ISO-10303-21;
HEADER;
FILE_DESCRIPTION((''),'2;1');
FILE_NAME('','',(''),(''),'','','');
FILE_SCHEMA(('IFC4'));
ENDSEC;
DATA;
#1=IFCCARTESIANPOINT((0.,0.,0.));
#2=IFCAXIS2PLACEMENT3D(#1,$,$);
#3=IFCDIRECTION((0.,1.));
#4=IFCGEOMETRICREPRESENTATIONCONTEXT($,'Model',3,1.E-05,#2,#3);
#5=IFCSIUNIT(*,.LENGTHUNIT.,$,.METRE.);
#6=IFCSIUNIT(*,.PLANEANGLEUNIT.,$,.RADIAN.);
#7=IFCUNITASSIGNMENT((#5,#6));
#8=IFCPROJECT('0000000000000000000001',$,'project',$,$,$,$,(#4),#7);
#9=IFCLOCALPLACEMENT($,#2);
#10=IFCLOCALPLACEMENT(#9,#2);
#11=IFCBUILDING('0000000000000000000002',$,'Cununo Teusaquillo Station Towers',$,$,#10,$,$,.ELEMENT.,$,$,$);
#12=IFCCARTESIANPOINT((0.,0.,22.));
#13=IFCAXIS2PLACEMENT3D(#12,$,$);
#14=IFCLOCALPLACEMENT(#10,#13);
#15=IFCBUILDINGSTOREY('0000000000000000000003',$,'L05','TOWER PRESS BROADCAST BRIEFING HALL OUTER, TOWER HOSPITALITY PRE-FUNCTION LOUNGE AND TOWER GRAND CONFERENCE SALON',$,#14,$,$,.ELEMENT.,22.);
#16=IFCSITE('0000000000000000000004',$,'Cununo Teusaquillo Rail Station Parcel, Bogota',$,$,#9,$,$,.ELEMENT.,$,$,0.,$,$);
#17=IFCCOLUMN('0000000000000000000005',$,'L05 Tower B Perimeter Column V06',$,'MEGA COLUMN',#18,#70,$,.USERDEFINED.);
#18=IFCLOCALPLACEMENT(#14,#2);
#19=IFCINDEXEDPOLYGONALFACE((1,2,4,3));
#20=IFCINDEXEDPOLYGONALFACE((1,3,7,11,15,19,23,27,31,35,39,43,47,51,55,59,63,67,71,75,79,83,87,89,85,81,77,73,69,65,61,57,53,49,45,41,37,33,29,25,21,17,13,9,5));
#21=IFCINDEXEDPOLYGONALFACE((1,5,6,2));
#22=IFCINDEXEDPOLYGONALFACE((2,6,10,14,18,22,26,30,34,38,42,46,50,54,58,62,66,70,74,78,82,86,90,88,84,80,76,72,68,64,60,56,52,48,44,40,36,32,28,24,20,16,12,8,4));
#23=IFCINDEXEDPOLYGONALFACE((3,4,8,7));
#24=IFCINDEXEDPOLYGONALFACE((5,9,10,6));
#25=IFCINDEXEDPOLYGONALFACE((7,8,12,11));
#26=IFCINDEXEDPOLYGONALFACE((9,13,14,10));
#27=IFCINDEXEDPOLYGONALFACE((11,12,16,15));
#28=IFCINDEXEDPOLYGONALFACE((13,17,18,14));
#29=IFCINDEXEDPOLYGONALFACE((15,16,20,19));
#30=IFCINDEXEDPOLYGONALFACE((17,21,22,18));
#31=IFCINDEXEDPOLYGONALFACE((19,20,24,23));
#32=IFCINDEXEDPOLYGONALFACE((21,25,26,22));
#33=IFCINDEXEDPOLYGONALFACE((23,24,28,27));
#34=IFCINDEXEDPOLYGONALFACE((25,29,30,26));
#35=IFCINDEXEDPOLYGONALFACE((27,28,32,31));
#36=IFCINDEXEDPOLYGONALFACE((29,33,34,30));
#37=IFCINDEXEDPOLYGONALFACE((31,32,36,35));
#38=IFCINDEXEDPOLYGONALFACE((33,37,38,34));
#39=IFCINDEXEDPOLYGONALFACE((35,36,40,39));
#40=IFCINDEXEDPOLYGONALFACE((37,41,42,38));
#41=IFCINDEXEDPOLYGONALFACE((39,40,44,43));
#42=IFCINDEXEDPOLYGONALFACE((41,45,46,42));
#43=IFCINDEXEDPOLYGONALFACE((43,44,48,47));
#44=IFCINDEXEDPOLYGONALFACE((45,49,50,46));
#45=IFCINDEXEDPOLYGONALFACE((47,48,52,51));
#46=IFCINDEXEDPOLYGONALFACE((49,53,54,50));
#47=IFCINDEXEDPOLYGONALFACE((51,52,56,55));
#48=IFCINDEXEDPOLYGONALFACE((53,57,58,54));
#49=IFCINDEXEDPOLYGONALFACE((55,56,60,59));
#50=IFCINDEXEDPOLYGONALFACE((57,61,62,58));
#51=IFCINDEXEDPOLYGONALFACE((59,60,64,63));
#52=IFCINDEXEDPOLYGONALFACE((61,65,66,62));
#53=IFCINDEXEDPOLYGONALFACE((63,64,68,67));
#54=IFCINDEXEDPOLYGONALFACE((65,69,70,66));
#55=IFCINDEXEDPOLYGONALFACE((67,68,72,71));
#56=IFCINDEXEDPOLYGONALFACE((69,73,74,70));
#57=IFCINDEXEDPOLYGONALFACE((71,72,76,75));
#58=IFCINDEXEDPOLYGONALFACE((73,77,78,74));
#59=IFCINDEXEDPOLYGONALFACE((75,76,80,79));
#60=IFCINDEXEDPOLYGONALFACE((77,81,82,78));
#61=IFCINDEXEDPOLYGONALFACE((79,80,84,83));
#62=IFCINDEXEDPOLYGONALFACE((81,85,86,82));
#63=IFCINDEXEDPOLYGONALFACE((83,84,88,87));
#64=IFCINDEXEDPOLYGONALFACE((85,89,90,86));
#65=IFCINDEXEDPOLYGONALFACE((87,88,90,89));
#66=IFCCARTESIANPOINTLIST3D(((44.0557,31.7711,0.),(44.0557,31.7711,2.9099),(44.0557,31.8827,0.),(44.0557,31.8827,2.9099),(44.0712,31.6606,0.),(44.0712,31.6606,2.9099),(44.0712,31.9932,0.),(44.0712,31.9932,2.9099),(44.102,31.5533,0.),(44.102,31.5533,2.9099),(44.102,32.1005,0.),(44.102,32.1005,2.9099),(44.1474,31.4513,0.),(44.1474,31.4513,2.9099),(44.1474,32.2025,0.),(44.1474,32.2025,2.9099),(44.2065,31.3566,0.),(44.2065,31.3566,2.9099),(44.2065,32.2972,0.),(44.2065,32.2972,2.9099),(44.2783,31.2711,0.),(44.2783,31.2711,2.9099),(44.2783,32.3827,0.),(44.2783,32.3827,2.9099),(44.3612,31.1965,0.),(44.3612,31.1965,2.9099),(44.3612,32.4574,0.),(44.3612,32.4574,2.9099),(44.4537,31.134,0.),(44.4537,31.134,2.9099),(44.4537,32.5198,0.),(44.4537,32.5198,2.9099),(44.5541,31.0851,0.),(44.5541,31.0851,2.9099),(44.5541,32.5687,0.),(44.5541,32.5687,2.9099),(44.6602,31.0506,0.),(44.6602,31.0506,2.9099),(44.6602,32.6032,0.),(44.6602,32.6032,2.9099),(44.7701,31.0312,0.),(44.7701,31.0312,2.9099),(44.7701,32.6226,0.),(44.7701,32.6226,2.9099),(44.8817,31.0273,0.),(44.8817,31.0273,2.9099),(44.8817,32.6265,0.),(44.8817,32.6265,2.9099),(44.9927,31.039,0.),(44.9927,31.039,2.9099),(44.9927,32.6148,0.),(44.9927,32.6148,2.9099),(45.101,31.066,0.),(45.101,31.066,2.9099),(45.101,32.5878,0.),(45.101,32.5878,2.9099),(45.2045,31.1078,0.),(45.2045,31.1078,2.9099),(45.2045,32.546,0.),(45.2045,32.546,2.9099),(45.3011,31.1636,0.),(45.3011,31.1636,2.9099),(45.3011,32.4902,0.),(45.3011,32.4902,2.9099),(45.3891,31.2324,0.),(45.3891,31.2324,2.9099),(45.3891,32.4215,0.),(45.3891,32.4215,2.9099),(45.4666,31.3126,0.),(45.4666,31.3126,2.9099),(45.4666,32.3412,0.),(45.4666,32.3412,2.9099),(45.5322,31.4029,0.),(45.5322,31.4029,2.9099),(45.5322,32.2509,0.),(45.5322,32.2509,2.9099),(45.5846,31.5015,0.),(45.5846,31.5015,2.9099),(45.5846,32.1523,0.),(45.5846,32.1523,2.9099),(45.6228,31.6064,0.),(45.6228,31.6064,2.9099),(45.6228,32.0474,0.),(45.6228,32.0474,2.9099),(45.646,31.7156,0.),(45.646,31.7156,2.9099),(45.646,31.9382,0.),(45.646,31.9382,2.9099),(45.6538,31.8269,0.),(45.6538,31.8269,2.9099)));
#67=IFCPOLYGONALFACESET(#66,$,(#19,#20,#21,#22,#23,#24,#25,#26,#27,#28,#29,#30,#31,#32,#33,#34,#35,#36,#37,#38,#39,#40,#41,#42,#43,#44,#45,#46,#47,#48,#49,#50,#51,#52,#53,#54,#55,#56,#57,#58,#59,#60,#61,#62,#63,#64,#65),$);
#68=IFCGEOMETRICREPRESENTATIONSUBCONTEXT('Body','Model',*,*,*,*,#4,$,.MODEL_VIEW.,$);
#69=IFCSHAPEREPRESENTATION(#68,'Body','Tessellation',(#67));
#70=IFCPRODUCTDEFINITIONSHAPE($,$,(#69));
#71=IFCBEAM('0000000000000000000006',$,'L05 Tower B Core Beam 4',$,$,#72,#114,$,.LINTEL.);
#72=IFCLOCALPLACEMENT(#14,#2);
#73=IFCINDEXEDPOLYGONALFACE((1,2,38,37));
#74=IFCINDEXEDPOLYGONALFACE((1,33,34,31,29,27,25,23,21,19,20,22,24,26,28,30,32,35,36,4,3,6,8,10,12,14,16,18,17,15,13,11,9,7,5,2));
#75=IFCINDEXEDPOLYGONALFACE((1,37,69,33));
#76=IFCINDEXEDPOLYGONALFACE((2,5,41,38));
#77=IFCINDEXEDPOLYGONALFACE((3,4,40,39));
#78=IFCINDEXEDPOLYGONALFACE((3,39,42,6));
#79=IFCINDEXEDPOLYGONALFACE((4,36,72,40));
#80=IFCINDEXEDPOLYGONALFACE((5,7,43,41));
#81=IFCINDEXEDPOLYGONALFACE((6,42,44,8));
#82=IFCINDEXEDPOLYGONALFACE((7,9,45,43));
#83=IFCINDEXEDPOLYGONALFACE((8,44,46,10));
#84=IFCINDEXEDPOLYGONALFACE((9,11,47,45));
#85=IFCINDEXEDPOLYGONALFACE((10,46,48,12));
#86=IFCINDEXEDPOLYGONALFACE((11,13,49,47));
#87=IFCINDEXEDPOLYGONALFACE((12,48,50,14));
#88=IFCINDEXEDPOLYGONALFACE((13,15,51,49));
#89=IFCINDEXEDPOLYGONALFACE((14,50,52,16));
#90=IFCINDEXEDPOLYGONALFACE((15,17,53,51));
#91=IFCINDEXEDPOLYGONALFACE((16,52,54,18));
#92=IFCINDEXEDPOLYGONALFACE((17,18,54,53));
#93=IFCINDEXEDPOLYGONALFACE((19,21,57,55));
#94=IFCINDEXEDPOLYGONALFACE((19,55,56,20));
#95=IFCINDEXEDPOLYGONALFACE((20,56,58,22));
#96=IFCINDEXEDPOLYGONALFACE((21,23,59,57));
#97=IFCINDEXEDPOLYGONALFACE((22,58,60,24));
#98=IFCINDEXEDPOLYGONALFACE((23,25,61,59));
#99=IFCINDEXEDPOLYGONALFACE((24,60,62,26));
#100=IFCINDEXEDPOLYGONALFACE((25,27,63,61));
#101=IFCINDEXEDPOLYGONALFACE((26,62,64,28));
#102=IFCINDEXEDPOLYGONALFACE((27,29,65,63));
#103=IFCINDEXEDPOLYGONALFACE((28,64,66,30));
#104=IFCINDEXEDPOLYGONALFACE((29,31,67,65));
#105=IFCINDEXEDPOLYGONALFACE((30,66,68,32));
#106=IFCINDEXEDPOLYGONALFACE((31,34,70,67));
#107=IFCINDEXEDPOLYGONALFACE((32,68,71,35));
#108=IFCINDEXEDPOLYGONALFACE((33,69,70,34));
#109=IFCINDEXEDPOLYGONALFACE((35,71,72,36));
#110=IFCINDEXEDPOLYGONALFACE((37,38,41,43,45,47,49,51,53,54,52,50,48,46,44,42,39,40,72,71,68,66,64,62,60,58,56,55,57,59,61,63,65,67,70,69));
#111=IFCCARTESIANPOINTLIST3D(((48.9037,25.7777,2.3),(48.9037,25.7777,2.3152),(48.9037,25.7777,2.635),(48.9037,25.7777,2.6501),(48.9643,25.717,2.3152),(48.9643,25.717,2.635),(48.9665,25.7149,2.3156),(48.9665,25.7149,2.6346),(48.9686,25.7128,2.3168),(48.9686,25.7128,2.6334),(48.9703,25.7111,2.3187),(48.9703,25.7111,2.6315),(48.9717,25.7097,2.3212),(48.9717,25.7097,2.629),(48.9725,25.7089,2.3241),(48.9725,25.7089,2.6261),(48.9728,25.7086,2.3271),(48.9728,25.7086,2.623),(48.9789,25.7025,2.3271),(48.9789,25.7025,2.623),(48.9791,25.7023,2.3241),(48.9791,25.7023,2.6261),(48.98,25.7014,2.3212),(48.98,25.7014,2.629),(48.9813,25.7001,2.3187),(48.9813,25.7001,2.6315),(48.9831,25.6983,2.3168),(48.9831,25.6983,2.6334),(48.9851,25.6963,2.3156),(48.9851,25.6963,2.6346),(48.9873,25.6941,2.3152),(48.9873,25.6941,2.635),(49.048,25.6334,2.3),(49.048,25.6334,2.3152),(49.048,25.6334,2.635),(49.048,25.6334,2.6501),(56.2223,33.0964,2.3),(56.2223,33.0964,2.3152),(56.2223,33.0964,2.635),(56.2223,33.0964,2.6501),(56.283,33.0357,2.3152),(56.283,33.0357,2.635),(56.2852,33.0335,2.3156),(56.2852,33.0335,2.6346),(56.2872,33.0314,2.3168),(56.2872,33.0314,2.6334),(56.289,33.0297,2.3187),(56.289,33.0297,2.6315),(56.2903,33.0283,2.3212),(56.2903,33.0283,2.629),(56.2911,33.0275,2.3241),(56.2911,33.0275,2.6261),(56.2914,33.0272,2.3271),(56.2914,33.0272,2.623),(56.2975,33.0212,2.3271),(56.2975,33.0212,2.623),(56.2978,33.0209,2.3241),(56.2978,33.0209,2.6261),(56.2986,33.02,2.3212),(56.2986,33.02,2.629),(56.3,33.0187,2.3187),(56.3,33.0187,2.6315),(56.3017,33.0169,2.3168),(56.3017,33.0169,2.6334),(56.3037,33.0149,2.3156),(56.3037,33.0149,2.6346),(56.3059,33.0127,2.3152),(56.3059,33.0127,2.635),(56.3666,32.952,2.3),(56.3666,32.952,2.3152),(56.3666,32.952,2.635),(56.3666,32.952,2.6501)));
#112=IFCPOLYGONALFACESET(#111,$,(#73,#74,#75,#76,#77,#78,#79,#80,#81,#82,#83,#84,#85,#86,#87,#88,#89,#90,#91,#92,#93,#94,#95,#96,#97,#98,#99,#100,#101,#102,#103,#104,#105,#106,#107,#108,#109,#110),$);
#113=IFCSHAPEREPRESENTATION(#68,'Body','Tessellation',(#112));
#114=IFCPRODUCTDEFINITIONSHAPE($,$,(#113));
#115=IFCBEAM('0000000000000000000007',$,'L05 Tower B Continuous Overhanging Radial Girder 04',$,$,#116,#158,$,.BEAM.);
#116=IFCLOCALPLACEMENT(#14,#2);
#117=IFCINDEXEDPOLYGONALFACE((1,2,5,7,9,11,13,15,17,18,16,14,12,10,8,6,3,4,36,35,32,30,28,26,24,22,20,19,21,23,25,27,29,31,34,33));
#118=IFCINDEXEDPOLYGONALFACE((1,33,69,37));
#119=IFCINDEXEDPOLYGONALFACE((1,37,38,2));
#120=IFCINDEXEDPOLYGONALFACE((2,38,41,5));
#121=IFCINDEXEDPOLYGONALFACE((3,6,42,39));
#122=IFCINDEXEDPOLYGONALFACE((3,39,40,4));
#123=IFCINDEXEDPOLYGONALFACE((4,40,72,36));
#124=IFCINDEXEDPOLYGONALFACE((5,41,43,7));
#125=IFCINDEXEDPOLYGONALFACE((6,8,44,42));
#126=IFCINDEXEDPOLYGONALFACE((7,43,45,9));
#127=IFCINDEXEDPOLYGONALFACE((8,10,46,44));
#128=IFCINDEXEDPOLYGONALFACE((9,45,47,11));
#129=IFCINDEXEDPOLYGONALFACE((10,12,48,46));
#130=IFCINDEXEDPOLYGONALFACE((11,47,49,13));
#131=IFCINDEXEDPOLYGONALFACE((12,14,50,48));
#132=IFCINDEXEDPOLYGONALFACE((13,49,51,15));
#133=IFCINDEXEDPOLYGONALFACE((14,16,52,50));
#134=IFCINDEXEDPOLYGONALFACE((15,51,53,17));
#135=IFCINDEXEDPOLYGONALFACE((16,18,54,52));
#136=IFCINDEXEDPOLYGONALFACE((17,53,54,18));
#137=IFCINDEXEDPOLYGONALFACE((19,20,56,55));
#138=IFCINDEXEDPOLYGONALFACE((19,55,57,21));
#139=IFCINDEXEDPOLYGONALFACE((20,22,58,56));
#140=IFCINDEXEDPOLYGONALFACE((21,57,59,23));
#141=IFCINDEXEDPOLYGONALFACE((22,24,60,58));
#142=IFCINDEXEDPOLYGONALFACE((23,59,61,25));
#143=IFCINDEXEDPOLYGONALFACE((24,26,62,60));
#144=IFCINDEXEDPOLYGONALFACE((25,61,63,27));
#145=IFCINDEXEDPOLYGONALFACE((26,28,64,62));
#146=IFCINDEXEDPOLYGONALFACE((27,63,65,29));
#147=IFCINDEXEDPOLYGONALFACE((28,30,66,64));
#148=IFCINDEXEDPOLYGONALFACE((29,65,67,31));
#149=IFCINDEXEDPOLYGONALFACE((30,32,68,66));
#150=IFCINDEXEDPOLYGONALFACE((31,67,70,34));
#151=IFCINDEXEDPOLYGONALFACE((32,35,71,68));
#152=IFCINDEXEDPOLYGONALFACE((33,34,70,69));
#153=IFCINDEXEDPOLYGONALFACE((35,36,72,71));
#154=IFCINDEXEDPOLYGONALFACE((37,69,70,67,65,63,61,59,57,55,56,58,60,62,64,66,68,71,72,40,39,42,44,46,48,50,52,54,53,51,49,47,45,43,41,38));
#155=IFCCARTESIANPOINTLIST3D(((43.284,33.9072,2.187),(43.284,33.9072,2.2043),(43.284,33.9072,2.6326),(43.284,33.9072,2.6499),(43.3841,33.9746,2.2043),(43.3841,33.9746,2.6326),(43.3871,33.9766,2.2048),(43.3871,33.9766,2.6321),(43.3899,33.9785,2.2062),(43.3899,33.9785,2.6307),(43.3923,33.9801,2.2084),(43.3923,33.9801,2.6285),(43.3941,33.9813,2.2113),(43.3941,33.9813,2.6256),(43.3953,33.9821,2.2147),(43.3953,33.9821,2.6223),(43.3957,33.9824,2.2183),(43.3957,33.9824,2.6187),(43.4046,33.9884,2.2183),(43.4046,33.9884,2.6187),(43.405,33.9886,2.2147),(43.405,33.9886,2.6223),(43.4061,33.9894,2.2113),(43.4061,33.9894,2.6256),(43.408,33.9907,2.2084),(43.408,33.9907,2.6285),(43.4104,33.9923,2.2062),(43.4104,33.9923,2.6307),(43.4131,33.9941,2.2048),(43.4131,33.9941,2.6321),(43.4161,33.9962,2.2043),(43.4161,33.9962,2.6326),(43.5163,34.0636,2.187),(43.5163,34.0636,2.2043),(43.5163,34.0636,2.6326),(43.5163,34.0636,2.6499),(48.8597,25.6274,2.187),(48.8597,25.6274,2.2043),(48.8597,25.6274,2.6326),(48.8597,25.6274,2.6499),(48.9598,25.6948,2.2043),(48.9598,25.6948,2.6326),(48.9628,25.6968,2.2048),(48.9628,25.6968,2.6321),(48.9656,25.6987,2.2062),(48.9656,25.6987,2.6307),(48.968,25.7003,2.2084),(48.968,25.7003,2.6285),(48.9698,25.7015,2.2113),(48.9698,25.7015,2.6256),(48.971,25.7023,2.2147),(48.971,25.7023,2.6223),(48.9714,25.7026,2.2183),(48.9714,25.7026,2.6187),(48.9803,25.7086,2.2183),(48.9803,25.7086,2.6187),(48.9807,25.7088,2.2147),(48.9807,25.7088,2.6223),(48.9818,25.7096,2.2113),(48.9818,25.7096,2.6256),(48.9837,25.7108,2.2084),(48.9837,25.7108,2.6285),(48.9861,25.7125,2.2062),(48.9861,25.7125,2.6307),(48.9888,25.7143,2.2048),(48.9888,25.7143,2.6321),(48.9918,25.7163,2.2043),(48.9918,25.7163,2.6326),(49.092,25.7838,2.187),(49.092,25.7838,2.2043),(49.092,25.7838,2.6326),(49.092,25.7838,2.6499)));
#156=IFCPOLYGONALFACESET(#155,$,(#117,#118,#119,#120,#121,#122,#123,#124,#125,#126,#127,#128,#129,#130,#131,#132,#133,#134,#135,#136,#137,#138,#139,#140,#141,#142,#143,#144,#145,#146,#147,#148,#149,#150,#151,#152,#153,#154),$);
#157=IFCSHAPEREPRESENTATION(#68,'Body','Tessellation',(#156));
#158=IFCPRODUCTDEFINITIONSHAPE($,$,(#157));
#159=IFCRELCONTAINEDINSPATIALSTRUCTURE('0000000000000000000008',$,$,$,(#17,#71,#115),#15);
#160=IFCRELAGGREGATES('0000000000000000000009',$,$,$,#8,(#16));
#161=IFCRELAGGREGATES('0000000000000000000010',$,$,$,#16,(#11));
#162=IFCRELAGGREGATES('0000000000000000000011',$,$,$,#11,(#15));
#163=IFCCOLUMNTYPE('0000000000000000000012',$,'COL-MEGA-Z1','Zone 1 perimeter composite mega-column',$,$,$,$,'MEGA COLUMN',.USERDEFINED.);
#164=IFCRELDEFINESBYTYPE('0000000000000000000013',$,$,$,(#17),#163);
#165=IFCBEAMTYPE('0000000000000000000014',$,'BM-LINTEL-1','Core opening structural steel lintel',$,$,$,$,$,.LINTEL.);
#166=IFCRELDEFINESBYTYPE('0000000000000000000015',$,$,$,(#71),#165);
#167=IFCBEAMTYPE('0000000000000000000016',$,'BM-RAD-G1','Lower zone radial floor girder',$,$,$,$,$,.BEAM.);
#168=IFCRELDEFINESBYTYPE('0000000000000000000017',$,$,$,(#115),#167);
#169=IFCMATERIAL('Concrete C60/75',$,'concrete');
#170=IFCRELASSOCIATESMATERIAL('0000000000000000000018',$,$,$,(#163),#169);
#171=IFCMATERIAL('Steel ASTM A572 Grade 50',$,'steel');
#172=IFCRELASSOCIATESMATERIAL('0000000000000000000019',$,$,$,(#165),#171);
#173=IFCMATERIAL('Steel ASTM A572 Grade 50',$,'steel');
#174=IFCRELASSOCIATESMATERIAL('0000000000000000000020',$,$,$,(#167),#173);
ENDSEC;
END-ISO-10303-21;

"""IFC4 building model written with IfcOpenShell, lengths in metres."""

from ifc_helpers import new_model, si_unit, direction, frame, origin, origin_2d, place, context, subcontext, project, spatial, circle, i_section, extrude, material, material_profile, profile_set, type_object, element, save


model = new_model("IFC4")

# Units and contexts
model_context = context("Model", 3, precision=1e-05, world=origin(), true_north=direction((0.0, 1.0)))
body_context = subcontext(model_context, "Body", "Model", "MODEL_VIEW")
ifc_project = project(units=[si_unit("LENGTHUNIT", "METRE"), si_unit("PLANEANGLEUNIT", "RADIAN")], contexts=[model_context])

# Site, building, storey
site_placement = place(None, origin())
site = spatial("IfcSite", under=ifc_project, at=site_placement, Name="Cununo Teusaquillo Rail Station Parcel, Bogota", CompositionType="ELEMENT", RefElevation=0.0)
building_placement = place(site_placement, origin())
building = spatial("IfcBuilding", under=site, at=building_placement, Name="Cununo Teusaquillo Station Towers", CompositionType="ELEMENT")
storey_placement = place(building_placement, frame((0.0, 0.0, 22.0)))
storey = spatial("IfcBuildingStorey", under=building, at=storey_placement, Name="L05", Description="TOWER PRESS BROADCAST BRIEFING HALL OUTER, TOWER HOSPITALITY PRE-FUNCTION LOUNGE AND TOWER GRAND CONFERENCE SALON", CompositionType="ELEMENT", Elevation=22.0)

# Column
ifc_material_1 = material(Name="Concrete C60/75", Category="concrete")
ifc_material_profile_1 = material_profile(ifc_material_1, circle(Radius=0.8, at=origin_2d()), Name="RC-CIRC-1600")
ifc_profile_set_1 = profile_set([ifc_material_profile_1], Name="Concrete C60/75")
column_type = type_object("IfcColumnType", Name="COL-MEGA-Z1", Description="Zone 1 perimeter composite mega-column", ElementType="MEGA COLUMN", PredefinedType="USERDEFINED", material=ifc_profile_set_1)
column_placement = place(storey_placement, frame((44.8538, 31.8269, 0.0), z_axis=(0.0, 0.0, 1.0), x_axis=(1.0, 0.0, 0.0)))
element("IfcColumn", 1, at=column_placement, inside=storey, type_object=column_type, Name="L05 Tower B Perimeter Column V06", ObjectType="MEGA COLUMN", PredefinedType="USERDEFINED", context=body_context, shape_type="SweptSolid", body=[
    extrude(circle(Radius=0.8, at=origin_2d()), origin(), (0.0, 0.0, 1.0), 2.9099),
])

# Beams
ifc_material_2 = material(Name="Steel ASTM A572 Grade 50", Category="steel")
ifc_material_profile_2 = material_profile(ifc_material_2, i_section(OverallWidth=0.2041, OverallDepth=0.3501, WebThickness=0.0085, FlangeThickness=0.0151, FilletRadius=0.012, at=origin_2d()), Name="W14X48")
ifc_profile_set_2 = profile_set([ifc_material_profile_2], Name="Steel ASTM A572 Grade 50")
beam_type_1 = type_object("IfcBeamType", Name="BM-LINTEL-1", Description="Core opening structural steel lintel", PredefinedType="LINTEL", material=ifc_profile_set_2)
beam_1_placement = place(storey_placement, frame((48.9758, 25.7056, 2.4751), z_axis=(0.707107, 0.707107, 0.0), x_axis=(-0.707107, 0.707107, 0.0)))
element("IfcBeam", 2, at=beam_1_placement, inside=storey, type_object=beam_type_1, Name="L05 Tower B Core Beam 4", PredefinedType="LINTEL", context=body_context, shape_type="SweptSolid", body=[
    extrude(i_section(OverallWidth=0.2041, OverallDepth=0.3501, WebThickness=0.0085, FlangeThickness=0.0151, FilletRadius=0.012, at=origin_2d()), origin(), (0.0, 0.0, 1.0), 10.3501),
])
ifc_material_3 = material(Name="Steel ASTM A572 Grade 50", Category="steel")
ifc_material_profile_3 = material_profile(ifc_material_3, i_section(OverallWidth=0.28, OverallDepth=0.4629, WebThickness=0.0107, FlangeThickness=0.0173, FilletRadius=0.0139, at=origin_2d()), Name="W18X76")
ifc_profile_set_3 = profile_set([ifc_material_profile_3], Name="Steel ASTM A572 Grade 50")
beam_type_2 = type_object("IfcBeamType", Name="BM-RAD-G1", Description="Lower zone radial floor girder", PredefinedType="BEAM", material=ifc_profile_set_3)
beam_2_placement = place(storey_placement, frame((48.9758, 25.7056, 2.4185), z_axis=(-0.558566, 0.82946, 0.0), x_axis=(-0.82946, -0.558566, 0.0)))
element("IfcBeam", 3, at=beam_2_placement, inside=storey, type_object=beam_type_2, Name="L05 Tower B Continuous Overhanging Radial Girder 04", PredefinedType="BEAM", context=body_context, shape_type="SweptSolid", body=[
    extrude(i_section(OverallWidth=0.28, OverallDepth=0.4629, WebThickness=0.0107, FlangeThickness=0.0173, FilletRadius=0.0139, at=origin_2d()), origin(), (0.0, 0.0, 1.0), 9.9822),
])

save(model, "model.ifc")
